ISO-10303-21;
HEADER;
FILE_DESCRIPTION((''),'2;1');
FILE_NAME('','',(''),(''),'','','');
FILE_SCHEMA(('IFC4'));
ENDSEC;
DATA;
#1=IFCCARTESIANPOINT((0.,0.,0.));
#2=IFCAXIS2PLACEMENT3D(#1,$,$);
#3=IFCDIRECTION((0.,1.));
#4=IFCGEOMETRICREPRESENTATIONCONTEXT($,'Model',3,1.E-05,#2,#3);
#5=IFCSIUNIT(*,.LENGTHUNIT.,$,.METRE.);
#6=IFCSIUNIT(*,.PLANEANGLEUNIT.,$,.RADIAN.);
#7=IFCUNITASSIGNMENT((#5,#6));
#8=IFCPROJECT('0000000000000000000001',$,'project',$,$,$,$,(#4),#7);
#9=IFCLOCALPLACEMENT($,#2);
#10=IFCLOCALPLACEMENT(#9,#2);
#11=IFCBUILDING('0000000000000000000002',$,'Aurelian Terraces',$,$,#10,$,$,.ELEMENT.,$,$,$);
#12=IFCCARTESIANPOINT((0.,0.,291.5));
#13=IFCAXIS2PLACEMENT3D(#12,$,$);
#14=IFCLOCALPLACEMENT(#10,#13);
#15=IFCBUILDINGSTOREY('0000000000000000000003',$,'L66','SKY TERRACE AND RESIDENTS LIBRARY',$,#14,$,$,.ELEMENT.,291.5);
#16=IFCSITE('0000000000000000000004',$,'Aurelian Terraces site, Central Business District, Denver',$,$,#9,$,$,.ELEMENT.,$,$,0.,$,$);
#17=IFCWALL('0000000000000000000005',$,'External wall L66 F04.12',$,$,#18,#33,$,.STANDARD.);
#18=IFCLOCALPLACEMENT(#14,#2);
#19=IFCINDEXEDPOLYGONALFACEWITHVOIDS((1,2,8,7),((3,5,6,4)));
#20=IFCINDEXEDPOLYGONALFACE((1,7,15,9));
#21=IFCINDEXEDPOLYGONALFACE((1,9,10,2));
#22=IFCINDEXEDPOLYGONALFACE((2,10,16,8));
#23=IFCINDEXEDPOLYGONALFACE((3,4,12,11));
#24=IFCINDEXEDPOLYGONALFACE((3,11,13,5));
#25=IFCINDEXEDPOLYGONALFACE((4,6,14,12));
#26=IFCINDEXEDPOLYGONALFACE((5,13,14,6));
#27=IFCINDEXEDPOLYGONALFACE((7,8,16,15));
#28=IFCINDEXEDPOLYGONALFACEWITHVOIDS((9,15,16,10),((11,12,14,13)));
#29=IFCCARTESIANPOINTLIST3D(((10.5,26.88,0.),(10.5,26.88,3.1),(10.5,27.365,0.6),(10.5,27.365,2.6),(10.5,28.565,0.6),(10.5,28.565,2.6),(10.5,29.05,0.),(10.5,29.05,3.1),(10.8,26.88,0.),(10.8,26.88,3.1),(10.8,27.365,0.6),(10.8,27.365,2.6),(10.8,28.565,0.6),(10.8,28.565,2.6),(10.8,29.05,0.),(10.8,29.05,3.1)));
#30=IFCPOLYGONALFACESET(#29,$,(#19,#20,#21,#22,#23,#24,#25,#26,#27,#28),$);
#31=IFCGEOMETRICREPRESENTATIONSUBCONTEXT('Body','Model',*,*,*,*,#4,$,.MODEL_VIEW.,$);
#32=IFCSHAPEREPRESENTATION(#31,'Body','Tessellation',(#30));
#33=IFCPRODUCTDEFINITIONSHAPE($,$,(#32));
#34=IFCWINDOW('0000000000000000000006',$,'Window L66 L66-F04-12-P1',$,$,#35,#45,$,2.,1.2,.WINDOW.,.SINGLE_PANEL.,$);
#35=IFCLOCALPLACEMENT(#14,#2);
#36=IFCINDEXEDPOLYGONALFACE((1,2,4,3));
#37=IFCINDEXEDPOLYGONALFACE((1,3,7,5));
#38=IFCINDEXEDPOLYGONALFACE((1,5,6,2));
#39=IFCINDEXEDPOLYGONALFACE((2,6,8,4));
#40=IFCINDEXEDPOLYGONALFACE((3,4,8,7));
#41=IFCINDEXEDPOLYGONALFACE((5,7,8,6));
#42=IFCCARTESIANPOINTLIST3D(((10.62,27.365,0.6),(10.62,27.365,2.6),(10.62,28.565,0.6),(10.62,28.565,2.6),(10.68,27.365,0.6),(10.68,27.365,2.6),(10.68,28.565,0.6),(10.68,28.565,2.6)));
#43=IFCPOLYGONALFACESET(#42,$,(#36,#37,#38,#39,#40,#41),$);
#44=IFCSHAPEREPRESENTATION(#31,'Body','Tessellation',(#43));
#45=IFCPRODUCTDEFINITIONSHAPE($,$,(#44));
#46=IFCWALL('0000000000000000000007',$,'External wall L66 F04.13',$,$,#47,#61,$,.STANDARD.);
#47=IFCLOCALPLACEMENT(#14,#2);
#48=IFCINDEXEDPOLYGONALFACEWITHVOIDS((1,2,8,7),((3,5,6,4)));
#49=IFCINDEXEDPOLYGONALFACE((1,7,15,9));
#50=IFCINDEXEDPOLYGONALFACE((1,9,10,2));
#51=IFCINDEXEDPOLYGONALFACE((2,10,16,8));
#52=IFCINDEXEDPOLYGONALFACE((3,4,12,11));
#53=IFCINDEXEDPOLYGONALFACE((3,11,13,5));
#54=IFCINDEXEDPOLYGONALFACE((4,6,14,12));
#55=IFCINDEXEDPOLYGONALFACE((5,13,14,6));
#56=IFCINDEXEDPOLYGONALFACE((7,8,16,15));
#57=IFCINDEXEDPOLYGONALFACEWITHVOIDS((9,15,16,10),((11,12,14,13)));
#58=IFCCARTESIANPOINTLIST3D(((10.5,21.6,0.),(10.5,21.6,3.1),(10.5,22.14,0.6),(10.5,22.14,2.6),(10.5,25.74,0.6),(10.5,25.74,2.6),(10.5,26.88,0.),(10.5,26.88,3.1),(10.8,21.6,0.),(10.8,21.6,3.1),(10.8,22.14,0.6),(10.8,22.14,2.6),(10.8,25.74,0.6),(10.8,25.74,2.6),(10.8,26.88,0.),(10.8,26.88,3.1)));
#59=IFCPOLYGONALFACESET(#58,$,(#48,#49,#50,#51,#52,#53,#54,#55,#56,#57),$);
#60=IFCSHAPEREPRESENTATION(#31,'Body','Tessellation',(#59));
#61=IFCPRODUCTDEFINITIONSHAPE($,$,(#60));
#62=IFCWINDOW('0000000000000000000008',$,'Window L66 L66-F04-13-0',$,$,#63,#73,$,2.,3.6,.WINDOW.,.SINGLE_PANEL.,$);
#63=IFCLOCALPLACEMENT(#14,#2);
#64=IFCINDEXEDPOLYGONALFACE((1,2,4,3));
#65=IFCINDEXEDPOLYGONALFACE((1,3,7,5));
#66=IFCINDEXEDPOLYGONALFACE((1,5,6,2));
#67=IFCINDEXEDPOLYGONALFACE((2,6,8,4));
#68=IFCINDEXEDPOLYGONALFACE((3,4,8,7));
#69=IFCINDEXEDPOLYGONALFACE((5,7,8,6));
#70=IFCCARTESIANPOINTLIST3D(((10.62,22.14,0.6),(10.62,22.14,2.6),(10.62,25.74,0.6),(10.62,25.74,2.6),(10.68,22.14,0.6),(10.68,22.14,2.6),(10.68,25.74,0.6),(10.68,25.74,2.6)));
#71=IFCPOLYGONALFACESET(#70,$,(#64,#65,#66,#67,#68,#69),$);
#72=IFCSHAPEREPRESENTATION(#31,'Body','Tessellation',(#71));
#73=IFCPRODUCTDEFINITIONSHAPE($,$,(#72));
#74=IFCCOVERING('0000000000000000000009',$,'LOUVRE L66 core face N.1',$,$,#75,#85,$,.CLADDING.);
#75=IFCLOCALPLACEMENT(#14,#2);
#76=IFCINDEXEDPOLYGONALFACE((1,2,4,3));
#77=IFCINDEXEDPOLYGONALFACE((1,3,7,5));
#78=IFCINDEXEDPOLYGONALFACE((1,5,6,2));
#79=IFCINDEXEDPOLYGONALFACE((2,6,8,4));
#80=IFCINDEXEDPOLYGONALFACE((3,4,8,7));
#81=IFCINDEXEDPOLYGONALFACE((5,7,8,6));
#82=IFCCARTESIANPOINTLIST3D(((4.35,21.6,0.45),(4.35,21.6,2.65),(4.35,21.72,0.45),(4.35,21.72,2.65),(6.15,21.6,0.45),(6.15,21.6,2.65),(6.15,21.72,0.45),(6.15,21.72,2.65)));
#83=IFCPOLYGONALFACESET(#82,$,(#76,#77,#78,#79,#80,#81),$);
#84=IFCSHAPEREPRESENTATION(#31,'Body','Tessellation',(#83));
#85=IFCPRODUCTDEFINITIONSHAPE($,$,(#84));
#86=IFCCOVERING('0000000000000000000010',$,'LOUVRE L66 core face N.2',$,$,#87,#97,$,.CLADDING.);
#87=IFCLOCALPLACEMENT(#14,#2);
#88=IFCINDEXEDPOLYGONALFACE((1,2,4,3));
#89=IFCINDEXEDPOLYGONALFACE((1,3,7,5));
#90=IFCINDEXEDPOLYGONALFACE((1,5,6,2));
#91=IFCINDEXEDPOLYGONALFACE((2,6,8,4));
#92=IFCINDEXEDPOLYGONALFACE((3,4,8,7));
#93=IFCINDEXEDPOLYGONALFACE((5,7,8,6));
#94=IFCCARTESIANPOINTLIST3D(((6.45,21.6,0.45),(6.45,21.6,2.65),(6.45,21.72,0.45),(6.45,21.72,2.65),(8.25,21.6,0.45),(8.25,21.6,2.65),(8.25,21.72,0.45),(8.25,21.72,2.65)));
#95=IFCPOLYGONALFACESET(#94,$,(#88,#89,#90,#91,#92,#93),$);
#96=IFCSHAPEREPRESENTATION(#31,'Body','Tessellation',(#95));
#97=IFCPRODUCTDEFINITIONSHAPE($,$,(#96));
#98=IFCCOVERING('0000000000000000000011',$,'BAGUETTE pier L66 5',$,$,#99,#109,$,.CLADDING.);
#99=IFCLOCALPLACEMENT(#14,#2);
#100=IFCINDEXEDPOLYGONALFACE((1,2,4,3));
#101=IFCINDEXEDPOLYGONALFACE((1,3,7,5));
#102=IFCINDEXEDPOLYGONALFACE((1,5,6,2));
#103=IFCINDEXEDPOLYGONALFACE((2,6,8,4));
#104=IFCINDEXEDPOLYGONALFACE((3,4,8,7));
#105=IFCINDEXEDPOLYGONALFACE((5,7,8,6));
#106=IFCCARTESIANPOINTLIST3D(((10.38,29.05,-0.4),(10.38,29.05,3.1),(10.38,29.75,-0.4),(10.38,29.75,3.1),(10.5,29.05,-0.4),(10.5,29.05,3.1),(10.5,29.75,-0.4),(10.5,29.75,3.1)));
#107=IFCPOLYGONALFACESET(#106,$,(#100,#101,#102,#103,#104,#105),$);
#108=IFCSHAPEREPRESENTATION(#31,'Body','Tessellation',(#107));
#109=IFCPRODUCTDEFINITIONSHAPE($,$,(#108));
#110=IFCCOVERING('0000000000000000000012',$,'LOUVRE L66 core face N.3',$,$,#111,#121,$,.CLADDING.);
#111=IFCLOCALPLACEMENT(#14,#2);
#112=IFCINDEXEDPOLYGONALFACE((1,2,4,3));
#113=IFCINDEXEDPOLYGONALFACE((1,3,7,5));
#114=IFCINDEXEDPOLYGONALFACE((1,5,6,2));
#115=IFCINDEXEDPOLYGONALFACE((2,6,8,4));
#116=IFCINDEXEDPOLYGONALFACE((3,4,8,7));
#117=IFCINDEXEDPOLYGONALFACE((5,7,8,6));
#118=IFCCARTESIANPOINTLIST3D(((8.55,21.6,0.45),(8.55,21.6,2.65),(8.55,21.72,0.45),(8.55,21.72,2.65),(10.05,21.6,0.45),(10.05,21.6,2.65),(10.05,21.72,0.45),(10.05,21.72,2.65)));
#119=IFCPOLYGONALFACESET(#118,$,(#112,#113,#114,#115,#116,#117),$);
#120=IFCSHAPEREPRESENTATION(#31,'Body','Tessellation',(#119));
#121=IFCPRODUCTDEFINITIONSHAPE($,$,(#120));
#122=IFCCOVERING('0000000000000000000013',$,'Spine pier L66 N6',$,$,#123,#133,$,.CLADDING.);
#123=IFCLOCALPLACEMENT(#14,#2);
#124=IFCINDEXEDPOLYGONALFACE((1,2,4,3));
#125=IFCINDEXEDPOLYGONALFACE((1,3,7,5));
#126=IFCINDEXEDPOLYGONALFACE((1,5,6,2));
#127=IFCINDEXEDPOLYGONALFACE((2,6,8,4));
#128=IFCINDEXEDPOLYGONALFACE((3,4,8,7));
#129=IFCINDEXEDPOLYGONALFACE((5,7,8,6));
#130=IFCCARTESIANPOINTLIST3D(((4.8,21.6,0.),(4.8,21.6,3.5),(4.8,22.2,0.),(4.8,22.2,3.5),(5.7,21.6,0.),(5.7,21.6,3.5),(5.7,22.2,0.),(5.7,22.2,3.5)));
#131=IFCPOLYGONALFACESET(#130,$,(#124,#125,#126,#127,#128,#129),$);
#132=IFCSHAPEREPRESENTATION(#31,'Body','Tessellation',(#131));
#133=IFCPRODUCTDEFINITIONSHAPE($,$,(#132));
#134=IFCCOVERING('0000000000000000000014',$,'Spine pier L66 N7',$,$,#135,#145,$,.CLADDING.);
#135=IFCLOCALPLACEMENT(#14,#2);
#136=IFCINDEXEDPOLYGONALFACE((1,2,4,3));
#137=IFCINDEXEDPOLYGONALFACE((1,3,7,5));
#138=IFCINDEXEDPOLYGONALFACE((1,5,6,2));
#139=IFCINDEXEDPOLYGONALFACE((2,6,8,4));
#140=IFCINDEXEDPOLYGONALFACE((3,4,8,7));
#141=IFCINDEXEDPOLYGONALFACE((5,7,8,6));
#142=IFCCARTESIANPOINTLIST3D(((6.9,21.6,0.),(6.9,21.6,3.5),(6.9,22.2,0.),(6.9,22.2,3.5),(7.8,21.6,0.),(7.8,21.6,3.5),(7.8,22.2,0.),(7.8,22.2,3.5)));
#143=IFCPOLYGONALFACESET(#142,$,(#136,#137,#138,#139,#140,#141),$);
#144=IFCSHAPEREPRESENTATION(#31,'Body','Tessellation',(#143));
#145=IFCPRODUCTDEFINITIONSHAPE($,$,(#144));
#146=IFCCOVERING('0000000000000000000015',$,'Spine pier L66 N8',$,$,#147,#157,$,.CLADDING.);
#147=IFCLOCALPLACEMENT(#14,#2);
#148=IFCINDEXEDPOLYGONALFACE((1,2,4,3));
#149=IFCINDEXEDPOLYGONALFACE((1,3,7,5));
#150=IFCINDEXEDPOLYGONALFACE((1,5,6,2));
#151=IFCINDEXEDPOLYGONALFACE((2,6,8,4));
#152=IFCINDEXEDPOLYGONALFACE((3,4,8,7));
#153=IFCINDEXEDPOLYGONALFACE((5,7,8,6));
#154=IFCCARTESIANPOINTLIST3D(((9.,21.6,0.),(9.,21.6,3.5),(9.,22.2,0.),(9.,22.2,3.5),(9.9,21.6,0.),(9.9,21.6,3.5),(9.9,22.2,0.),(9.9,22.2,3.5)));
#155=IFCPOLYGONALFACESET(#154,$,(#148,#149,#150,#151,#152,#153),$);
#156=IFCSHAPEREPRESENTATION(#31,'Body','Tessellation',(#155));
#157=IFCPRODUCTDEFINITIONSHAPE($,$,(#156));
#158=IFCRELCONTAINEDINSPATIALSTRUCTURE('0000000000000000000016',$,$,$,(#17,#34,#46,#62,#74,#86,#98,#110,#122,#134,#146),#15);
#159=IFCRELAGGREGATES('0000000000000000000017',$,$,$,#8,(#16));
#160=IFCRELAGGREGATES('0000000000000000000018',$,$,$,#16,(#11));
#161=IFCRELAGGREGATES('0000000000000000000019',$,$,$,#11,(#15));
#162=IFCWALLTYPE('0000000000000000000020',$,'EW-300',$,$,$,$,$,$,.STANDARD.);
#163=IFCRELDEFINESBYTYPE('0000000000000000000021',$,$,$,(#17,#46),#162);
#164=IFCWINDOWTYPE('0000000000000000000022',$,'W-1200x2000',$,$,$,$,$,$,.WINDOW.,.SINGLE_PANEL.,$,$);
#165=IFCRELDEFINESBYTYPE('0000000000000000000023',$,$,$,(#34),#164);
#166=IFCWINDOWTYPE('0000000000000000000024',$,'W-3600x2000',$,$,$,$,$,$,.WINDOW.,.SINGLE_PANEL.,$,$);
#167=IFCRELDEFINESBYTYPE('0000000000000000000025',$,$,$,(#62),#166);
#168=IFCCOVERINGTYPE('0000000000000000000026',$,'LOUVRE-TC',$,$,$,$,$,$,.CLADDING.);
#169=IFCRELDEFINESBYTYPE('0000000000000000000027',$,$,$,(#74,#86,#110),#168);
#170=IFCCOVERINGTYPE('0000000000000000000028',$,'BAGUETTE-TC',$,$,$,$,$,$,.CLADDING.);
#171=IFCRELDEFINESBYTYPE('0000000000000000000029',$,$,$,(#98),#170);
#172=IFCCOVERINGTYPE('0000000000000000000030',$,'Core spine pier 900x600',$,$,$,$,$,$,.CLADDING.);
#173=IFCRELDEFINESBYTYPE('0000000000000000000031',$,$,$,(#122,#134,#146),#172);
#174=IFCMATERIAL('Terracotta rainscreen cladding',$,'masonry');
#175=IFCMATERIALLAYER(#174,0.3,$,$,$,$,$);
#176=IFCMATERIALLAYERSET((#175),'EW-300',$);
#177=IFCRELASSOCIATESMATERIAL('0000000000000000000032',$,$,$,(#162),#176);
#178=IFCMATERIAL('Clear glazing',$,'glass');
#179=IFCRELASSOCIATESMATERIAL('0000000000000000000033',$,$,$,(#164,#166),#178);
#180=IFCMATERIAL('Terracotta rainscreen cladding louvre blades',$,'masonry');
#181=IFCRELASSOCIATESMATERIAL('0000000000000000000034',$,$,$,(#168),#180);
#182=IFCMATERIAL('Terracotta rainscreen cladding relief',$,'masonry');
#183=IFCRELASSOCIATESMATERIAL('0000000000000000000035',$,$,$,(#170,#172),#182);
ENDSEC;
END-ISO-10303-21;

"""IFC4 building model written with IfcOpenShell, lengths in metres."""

from ifc_helpers import new_model, si_unit, direction, frame, frame_2d, origin, origin_2d, place, context, subcontext, project, spatial, rectangle, extrude, source, transform, mapped, material, layer, layer_set, type_object, element, fill, save


model = new_model("IFC4")

# Units and contexts
model_context = context("Model", 3, precision=1e-05, world=origin(), true_north=direction((0.0, 1.0)))
body_context = subcontext(model_context, "Body", "Model", "MODEL_VIEW")
ifc_project = project(units=[si_unit("LENGTHUNIT", "METRE"), si_unit("PLANEANGLEUNIT", "RADIAN")], contexts=[model_context])

# Site, building, storey
site_placement = place(None, origin())
site = spatial("IfcSite", under=ifc_project, at=site_placement, Name="Aurelian Terraces site, Central Business District, Denver", CompositionType="ELEMENT", RefElevation=0.0)
building_placement = place(site_placement, origin())
building = spatial("IfcBuilding", under=site, at=building_placement, Name="Aurelian Terraces", CompositionType="ELEMENT")
storey_placement = place(building_placement, frame((0.0, 0.0, 291.5)))
storey = spatial("IfcBuildingStorey", under=building, at=storey_placement, Name="L66", Description="SKY TERRACE AND RESIDENTS LIBRARY", CompositionType="ELEMENT", Elevation=291.5)

# Walls, openings, windows
ifc_material_1 = material(Name="Terracotta rainscreen cladding", Category="masonry")
ifc_layer_1 = layer(ifc_material_1, 0.3)
ifc_layer_set_1 = layer_set([ifc_layer_1], Name="EW-300")
wall_type_1 = type_object("IfcWallType", Name="EW-300", PredefinedType="STANDARD", material=ifc_layer_set_1)
ifc_material_2 = material(Name="Clear glazing", Category="glass")
shared_shape_1 = source(origin(), body_context, "Body", "SweptSolid", [
    extrude(rectangle(XDim=2.17, YDim=0.3, at=frame_2d((1.085, 0.0))), origin(), (0.0, 0.0, 1.0), 3.1),
])
wall_1_placement = place(storey_placement, frame((10.65, 29.05, 0.0), z_axis=(0.0, 0.0, 1.0), x_axis=(0.0, -1.0, 0.0)))
wall_1 = element("IfcWall", 1, at=wall_1_placement, inside=storey, type_object=wall_type_1, Name="External wall L66 F04.12", PredefinedType="STANDARD", context=body_context, shape_type="MappedRepresentation", body=[
    mapped(shared_shape_1, transform((0.0, 0.0, 0.0), scale=1.0)),
])
shared_shape_2 = source(origin(), body_context, "Body", "SweptSolid", [
    extrude(rectangle(XDim=1.2, YDim=2.0, at=frame_2d((0.6, 1.0))), frame((0.0, 0.16, 0.0), z_axis=(0.0, -1.0, 0.0), x_axis=(1.0, 0.0, 0.0)), (0.0, 0.0, 1.0), 0.32),
])
opening_1_placement = place(wall_1_placement, frame((0.485, 0.0, 0.6)))
opening_1 = element("IfcOpeningElement", 2, at=opening_1_placement, cuts=wall_1, PredefinedType="OPENING", context=body_context, shape_type="MappedRepresentation", body=[
    mapped(shared_shape_2, transform((0.0, 0.0, 0.0), scale=1.0)),
])
window_type_1 = type_object("IfcWindowType", Name="W-1200x2000", PartitioningType="SINGLE_PANEL", PredefinedType="WINDOW", material=ifc_material_2)
shared_shape_3 = source(origin(), body_context, "Body", "SweptSolid", [
    extrude(rectangle(XDim=1.2, YDim=2.0, at=frame_2d((0.6, 1.0))), frame((0.0, 0.03, 0.0), z_axis=(0.0, -1.0, 0.0), x_axis=(1.0, 0.0, 0.0)), (0.0, 0.0, 1.0), 0.06),
])
window_1_placement = place(opening_1_placement, origin())
window_1 = element("IfcWindow", 3, at=window_1_placement, inside=storey, type_object=window_type_1, Name="Window L66 L66-F04-12-P1", OverallHeight=2.0, OverallWidth=1.2, PartitioningType="SINGLE_PANEL", PredefinedType="WINDOW", context=body_context, shape_type="MappedRepresentation", body=[
    mapped(shared_shape_3, transform((0.0, 0.0, 0.0), scale=1.0)),
])
fill(opening_1, window_1)
shared_shape_4 = source(origin(), body_context, "Body", "SweptSolid", [
    extrude(rectangle(XDim=5.28, YDim=0.3, at=frame_2d((2.64, 0.0))), origin(), (0.0, 0.0, 1.0), 3.1),
])
wall_2_placement = place(storey_placement, frame((10.65, 26.88, 0.0), z_axis=(0.0, 0.0, 1.0), x_axis=(0.0, -1.0, 0.0)))
wall_2 = element("IfcWall", 4, at=wall_2_placement, inside=storey, type_object=wall_type_1, Name="External wall L66 F04.13", PredefinedType="STANDARD", context=body_context, shape_type="MappedRepresentation", body=[
    mapped(shared_shape_4, transform((0.0, 0.0, 0.0), scale=1.0)),
])
shared_shape_5 = source(origin(), body_context, "Body", "SweptSolid", [
    extrude(rectangle(XDim=3.6, YDim=2.0, at=frame_2d((1.8, 1.0))), frame((0.0, 0.16, 0.0), z_axis=(0.0, -1.0, 0.0), x_axis=(1.0, 0.0, 0.0)), (0.0, 0.0, 1.0), 0.32),
])
opening_2_placement = place(wall_2_placement, frame((1.14, 0.0, 0.6)))
opening_2 = element("IfcOpeningElement", 5, at=opening_2_placement, cuts=wall_2, PredefinedType="OPENING", context=body_context, shape_type="MappedRepresentation", body=[
    mapped(shared_shape_5, transform((0.0, 0.0, 0.0), scale=1.0)),
])
window_type_2 = type_object("IfcWindowType", Name="W-3600x2000", PartitioningType="SINGLE_PANEL", PredefinedType="WINDOW", material=ifc_material_2)
shared_shape_6 = source(origin(), body_context, "Body", "SweptSolid", [
    extrude(rectangle(XDim=3.6, YDim=2.0, at=frame_2d((1.8, 1.0))), frame((0.0, 0.03, 0.0), z_axis=(0.0, -1.0, 0.0), x_axis=(1.0, 0.0, 0.0)), (0.0, 0.0, 1.0), 0.06),
])
window_2_placement = place(opening_2_placement, origin())
window_2 = element("IfcWindow", 6, at=window_2_placement, inside=storey, type_object=window_type_2, Name="Window L66 L66-F04-13-0", OverallHeight=2.0, OverallWidth=3.6, PartitioningType="SINGLE_PANEL", PredefinedType="WINDOW", context=body_context, shape_type="MappedRepresentation", body=[
    mapped(shared_shape_6, transform((0.0, 0.0, 0.0), scale=1.0)),
])
fill(opening_2, window_2)

# Coverings
ifc_material_3 = material(Name="Terracotta rainscreen cladding louvre blades", Category="masonry")
covering_type_1 = type_object("IfcCoveringType", Name="LOUVRE-TC", PredefinedType="CLADDING", material=ifc_material_3)
shared_shape_7 = source(origin(), body_context, "Body", "SweptSolid", [
    extrude(rectangle(XDim=1.8, YDim=0.12, at=origin_2d()), origin(), (0.0, 0.0, 1.0), 2.2),
])
for number, where, z_axis, x_axis, name in (
    (7, (5.25, 21.66, 0.45), (0.0, 0.0, 1.0), (1.0, 0.0, 0.0), "LOUVRE L66 core face N.1"),
    (8, (7.35, 21.66, 0.45), (0.0, 0.0, 1.0), (1.0, 0.0, 0.0), "LOUVRE L66 core face N.2"),
):
    element("IfcCovering", number, at=place(storey_placement, frame(where, z_axis=z_axis, x_axis=x_axis)), inside=storey, type_object=covering_type_1, Name=name, PredefinedType="CLADDING", context=body_context, shape_type="MappedRepresentation", body=[
        mapped(shared_shape_7, transform((0.0, 0.0, 0.0), scale=1.0)),
    ])
ifc_material_4 = material(Name="Terracotta rainscreen cladding relief", Category="masonry")
covering_type_2 = type_object("IfcCoveringType", Name="BAGUETTE-TC", PredefinedType="CLADDING", material=ifc_material_4)
shared_shape_8 = source(origin(), body_context, "Body", "SweptSolid", [
    extrude(rectangle(XDim=0.12, YDim=0.7, at=origin_2d()), origin(), (0.0, 0.0, 1.0), 3.5),
])
covering_1_placement = place(storey_placement, frame((10.44, 29.4, -0.4), z_axis=(0.0, 0.0, 1.0), x_axis=(1.0, 0.0, 0.0)))
element("IfcCovering", 9, at=covering_1_placement, inside=storey, type_object=covering_type_2, Name="BAGUETTE pier L66 5", PredefinedType="CLADDING", context=body_context, shape_type="MappedRepresentation", body=[
    mapped(shared_shape_8, transform((0.0, 0.0, 0.0), scale=1.0)),
])
shared_shape_9 = source(origin(), body_context, "Body", "SweptSolid", [
    extrude(rectangle(XDim=1.5, YDim=0.12, at=origin_2d()), origin(), (0.0, 0.0, 1.0), 2.2),
])
covering_2_placement = place(storey_placement, frame((9.3, 21.66, 0.45), z_axis=(0.0, 0.0, 1.0), x_axis=(1.0, 0.0, 0.0)))
element("IfcCovering", 10, at=covering_2_placement, inside=storey, type_object=covering_type_1, Name="LOUVRE L66 core face N.3", PredefinedType="CLADDING", context=body_context, shape_type="MappedRepresentation", body=[
    mapped(shared_shape_9, transform((0.0, 0.0, 0.0), scale=1.0)),
])
covering_type_3 = type_object("IfcCoveringType", Name="Core spine pier 900x600", PredefinedType="CLADDING", material=ifc_material_4)
shared_shape_10 = source(origin(), body_context, "Body", "SweptSolid", [
    extrude(rectangle(XDim=0.9, YDim=0.6, at=origin_2d()), origin(), (0.0, 0.0, 1.0), 3.5),
])
for number, where, z_axis, x_axis, name in (
    (11, (5.25, 21.9, 0.0), (0.0, 0.0, 1.0), (1.0, 0.0, 0.0), "Spine pier L66 N6"),
    (12, (7.35, 21.9, 0.0), (0.0, 0.0, 1.0), (1.0, 0.0, 0.0), "Spine pier L66 N7"),
    (13, (9.45, 21.9, 0.0), (0.0, 0.0, 1.0), (1.0, 0.0, 0.0), "Spine pier L66 N8"),
):
    element("IfcCovering", number, at=place(storey_placement, frame(where, z_axis=z_axis, x_axis=x_axis)), inside=storey, type_object=covering_type_3, Name=name, PredefinedType="CLADDING", context=body_context, shape_type="MappedRepresentation", body=[
        mapped(shared_shape_10, transform((0.0, 0.0, 0.0), scale=1.0)),
    ])

save(model, "model.ifc")
